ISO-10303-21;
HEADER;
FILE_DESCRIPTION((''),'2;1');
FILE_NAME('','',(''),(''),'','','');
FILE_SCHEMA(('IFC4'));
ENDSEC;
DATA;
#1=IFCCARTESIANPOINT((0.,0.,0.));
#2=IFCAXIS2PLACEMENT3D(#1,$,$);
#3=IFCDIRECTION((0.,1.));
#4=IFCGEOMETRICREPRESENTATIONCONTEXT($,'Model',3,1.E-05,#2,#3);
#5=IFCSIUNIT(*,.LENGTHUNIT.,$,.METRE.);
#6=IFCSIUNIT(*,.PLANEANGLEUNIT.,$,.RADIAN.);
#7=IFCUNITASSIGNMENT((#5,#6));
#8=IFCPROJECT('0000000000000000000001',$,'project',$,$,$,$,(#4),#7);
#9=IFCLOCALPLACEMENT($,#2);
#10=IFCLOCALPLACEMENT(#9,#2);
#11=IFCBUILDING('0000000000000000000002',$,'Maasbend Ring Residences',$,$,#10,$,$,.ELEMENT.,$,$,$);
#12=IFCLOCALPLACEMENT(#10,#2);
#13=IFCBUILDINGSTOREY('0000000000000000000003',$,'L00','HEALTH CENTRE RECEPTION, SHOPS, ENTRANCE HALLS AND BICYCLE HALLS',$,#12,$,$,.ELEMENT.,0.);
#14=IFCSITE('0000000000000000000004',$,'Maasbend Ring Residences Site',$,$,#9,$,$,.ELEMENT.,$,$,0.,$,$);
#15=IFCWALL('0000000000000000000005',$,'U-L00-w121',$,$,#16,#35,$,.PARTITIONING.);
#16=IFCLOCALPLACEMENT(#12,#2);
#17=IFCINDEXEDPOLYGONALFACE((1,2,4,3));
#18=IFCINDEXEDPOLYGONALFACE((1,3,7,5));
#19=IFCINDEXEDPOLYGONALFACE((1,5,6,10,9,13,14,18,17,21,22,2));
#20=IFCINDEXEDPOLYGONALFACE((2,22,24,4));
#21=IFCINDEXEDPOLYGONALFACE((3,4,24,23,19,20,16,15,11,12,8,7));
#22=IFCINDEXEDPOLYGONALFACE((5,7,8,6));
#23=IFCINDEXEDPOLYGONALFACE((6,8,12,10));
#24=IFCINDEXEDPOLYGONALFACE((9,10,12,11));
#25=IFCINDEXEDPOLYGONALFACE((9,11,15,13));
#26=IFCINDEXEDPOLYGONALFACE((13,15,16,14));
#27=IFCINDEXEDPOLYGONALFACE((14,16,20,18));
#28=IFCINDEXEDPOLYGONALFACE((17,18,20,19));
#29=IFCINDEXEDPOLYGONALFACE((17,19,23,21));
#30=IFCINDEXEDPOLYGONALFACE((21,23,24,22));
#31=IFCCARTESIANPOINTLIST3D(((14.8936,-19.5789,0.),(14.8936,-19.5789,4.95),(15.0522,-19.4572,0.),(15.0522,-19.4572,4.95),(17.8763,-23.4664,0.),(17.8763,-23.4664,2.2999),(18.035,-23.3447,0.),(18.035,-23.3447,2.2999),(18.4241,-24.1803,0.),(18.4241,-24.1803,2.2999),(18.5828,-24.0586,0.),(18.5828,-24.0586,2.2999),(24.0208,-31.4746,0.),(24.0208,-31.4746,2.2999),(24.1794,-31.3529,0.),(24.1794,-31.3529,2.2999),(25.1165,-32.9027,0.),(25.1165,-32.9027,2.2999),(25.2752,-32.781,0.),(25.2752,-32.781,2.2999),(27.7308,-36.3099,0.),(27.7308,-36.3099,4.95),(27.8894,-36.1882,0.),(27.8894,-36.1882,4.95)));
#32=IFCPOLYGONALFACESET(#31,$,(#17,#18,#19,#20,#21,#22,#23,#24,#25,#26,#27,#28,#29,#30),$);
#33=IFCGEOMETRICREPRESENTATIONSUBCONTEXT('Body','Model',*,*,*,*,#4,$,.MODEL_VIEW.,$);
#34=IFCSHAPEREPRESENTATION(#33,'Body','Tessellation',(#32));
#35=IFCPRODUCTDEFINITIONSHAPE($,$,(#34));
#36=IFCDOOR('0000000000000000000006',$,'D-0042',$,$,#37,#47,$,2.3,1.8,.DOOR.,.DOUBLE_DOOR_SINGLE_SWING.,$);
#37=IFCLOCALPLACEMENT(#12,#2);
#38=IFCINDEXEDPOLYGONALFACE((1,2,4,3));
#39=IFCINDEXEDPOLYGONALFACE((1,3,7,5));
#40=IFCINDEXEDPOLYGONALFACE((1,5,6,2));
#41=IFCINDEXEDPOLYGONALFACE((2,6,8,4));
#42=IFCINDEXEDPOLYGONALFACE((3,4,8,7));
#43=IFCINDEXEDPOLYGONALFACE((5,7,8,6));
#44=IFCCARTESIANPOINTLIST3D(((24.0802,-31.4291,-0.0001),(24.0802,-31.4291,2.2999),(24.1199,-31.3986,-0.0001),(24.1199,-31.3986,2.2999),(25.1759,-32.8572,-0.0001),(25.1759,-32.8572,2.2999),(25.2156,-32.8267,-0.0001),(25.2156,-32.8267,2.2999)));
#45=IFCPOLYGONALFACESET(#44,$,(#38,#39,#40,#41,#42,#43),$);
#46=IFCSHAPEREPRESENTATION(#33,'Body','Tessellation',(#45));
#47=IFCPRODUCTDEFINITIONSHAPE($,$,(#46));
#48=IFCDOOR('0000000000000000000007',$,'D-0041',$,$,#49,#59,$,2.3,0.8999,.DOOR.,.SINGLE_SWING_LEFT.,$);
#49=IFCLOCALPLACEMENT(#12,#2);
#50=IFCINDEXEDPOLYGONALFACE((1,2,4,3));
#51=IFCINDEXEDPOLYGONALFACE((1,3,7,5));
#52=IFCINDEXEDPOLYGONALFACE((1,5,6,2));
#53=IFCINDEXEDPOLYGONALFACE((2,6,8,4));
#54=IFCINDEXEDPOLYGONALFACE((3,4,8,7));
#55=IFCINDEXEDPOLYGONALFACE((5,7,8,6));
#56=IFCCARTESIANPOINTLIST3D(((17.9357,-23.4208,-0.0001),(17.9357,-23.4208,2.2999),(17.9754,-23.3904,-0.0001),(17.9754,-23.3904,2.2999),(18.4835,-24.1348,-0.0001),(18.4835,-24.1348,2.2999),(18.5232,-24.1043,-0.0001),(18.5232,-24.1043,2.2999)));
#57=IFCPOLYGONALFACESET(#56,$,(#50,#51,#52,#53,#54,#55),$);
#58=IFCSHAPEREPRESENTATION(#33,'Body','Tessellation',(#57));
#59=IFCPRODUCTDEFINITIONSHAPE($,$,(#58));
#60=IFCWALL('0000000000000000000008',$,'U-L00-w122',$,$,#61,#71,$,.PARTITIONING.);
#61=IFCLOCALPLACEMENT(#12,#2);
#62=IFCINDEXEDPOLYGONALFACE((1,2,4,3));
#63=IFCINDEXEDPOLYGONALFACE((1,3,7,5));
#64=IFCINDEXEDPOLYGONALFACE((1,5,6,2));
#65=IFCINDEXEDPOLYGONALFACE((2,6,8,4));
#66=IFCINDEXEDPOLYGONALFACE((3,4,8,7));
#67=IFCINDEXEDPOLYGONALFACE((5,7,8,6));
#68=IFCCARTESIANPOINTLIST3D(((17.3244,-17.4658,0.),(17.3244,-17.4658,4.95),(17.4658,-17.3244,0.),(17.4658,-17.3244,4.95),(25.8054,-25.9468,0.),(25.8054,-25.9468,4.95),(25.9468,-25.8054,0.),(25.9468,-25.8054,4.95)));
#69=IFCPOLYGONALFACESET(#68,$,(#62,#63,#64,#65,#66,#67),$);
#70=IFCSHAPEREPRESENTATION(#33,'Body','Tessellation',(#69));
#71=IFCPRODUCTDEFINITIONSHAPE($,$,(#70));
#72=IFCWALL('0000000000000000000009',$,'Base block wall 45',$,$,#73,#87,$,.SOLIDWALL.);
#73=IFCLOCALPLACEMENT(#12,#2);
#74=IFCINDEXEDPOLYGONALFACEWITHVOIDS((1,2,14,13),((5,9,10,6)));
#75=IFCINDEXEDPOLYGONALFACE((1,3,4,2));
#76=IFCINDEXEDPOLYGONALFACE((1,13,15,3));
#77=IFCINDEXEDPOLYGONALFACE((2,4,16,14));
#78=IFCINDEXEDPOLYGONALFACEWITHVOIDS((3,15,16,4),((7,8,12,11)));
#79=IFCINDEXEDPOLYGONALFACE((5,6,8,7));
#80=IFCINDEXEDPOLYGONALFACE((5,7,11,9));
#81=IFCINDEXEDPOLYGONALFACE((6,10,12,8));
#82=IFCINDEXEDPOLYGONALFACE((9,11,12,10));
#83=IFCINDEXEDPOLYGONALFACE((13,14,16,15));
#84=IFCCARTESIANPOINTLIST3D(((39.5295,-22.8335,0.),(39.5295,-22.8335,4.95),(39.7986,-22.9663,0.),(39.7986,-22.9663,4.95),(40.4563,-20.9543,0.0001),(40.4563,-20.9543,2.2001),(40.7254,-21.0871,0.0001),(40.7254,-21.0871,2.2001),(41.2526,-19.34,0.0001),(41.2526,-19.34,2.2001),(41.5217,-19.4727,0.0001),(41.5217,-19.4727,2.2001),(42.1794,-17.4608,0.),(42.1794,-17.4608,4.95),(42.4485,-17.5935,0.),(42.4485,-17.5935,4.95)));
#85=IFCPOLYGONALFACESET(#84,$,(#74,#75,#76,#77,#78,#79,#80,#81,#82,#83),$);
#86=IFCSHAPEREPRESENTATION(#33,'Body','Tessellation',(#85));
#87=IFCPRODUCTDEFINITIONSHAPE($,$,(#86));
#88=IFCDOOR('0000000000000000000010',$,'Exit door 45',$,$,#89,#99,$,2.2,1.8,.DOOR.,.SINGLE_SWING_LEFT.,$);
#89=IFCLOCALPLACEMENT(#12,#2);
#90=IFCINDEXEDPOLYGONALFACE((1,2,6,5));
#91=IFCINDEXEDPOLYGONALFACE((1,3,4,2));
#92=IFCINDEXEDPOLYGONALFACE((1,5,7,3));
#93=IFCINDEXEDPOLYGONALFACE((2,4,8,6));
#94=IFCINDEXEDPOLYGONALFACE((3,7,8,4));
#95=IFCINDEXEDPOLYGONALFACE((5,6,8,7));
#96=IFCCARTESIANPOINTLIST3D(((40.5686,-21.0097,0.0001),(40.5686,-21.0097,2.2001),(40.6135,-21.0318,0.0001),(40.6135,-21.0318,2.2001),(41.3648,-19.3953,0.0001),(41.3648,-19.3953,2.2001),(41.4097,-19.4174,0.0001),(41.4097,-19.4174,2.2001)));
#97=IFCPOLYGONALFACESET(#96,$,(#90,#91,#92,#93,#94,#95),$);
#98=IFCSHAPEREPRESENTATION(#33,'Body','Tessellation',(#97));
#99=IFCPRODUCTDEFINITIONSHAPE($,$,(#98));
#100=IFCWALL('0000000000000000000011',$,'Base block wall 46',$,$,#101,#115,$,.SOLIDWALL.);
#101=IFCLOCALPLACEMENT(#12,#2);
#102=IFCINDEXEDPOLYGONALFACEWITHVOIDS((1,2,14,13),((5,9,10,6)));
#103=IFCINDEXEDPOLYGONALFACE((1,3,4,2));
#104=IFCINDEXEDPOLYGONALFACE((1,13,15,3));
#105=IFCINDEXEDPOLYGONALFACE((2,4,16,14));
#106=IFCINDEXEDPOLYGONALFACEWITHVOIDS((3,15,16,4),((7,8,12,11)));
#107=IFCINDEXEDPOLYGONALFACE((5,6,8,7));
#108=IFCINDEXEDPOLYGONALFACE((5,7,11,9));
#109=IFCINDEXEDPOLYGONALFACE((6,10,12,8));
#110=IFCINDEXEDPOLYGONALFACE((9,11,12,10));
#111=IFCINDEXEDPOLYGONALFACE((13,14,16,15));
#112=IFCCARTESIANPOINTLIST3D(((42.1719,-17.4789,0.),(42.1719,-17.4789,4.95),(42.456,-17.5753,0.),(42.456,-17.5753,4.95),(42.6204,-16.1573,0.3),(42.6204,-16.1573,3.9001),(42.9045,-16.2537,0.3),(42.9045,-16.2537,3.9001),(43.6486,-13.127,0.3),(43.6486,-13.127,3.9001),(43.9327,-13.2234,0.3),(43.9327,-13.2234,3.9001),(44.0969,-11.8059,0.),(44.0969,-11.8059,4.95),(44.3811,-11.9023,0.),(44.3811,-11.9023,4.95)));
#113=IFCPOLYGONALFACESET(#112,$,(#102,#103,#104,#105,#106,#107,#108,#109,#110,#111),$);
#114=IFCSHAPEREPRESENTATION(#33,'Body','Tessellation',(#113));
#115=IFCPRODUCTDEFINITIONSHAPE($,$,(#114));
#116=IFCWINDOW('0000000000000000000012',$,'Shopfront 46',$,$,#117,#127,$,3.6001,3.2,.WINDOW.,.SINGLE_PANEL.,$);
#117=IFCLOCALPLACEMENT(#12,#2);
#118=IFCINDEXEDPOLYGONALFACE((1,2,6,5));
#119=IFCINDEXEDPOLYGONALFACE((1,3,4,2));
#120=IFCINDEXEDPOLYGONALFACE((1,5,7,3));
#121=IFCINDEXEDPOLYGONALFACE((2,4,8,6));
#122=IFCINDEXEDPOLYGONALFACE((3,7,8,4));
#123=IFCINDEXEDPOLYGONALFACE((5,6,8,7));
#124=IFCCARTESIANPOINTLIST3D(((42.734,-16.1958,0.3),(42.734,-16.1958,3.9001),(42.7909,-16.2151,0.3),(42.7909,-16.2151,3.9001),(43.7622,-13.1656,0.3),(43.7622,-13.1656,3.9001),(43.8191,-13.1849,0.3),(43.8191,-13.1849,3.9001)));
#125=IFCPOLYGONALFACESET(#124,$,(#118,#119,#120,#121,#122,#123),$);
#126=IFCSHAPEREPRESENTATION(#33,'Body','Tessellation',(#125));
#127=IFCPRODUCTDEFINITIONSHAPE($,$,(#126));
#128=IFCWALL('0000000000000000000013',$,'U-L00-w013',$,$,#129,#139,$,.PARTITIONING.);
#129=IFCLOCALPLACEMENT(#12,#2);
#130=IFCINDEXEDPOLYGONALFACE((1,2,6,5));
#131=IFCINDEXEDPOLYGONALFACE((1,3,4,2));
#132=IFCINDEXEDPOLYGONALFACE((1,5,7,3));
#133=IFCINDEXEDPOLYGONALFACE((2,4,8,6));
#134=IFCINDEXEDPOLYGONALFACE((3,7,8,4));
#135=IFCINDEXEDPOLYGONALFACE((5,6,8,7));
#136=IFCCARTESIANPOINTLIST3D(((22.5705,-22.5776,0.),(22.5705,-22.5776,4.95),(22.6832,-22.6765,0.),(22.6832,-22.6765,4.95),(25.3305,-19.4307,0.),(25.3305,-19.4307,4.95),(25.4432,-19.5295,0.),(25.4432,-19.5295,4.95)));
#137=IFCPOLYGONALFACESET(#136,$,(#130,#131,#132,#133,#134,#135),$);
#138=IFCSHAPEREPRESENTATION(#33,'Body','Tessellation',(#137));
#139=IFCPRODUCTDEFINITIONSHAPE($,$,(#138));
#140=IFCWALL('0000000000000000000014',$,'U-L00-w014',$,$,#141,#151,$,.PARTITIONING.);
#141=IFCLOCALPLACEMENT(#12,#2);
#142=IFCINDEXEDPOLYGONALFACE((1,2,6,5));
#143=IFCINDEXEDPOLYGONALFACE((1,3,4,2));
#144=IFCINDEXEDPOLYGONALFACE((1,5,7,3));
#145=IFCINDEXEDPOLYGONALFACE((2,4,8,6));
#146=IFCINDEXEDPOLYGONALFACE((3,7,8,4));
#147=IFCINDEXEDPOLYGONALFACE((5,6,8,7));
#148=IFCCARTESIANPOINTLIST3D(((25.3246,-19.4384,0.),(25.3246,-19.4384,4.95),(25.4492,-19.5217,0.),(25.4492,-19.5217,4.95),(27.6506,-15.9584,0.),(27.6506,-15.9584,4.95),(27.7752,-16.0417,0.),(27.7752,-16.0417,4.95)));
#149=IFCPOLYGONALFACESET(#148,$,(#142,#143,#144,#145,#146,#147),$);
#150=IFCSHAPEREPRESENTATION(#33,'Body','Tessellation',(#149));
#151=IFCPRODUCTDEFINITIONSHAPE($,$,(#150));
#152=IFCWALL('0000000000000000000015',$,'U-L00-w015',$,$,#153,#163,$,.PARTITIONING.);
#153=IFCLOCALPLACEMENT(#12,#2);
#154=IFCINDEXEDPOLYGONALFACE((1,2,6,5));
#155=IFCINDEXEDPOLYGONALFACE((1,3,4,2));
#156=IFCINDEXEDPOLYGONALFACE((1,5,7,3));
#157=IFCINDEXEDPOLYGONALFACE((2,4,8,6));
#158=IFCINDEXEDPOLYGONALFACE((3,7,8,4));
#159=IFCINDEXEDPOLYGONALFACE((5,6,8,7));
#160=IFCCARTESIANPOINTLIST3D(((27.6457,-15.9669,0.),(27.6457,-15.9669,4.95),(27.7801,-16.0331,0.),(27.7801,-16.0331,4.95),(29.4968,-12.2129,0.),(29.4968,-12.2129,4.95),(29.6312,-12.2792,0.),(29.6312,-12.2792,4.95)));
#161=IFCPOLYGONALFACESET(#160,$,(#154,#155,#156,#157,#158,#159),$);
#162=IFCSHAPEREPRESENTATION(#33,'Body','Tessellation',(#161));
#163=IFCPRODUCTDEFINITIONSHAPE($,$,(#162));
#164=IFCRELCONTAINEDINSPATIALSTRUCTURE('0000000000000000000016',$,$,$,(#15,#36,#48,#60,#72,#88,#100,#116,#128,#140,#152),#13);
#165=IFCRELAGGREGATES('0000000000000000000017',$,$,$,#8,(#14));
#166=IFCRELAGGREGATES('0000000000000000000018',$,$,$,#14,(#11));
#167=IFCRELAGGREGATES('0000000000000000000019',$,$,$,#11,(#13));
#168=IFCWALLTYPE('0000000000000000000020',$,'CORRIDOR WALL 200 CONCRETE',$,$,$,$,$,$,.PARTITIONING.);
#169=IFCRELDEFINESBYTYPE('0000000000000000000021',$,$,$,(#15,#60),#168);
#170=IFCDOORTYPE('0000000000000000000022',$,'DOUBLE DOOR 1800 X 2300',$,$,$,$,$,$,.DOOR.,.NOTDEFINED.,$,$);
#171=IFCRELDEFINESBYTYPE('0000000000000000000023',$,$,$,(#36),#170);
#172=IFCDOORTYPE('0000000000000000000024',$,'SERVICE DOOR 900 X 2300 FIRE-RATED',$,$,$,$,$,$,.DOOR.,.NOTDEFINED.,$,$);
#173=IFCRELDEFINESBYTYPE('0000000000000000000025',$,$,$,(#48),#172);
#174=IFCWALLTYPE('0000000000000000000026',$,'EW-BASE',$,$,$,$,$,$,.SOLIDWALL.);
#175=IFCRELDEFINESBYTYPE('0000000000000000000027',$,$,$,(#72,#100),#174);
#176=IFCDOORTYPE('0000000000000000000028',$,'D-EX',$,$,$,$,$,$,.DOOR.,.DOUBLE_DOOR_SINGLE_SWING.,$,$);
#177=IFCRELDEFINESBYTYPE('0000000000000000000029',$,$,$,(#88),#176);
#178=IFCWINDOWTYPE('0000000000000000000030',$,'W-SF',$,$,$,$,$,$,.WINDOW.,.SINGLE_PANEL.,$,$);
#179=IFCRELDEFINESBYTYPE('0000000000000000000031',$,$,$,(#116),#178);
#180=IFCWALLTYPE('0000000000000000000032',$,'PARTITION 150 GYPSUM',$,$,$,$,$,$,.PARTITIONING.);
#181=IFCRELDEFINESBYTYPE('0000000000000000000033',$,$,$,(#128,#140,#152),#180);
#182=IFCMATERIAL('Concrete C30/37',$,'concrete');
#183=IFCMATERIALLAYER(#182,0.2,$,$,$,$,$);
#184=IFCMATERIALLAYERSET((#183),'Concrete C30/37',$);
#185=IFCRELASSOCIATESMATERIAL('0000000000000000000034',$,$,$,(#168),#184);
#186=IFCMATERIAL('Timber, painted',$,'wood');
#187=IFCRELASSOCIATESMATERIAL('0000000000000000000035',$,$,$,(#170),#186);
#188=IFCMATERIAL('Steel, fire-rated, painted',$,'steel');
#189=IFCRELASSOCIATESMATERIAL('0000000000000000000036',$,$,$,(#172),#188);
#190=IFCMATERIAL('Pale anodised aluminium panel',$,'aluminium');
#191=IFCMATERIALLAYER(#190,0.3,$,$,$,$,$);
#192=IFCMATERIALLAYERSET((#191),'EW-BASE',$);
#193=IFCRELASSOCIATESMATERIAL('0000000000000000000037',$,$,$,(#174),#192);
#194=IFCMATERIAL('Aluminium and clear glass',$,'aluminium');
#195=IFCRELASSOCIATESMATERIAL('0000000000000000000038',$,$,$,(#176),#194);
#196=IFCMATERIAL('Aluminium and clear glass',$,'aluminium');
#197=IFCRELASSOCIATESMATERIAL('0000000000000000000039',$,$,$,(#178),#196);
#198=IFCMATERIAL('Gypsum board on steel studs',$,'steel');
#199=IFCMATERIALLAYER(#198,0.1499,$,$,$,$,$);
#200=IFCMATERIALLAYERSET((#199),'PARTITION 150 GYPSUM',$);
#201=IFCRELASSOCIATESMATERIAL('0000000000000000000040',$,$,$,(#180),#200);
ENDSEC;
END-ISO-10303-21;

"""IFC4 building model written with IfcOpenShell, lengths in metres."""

from ifc_helpers import new_model, si_unit, direction, frame, frame_2d, origin, place, context, subcontext, project, spatial, rectangle, extrude, material, layer, layer_set, type_object, element, fill, save


model = new_model("IFC4")

# Units and contexts
model_context = context("Model", 3, precision=1e-05, world=origin(), true_north=direction((0.0, 1.0)))
body_context = subcontext(model_context, "Body", "Model", "MODEL_VIEW")
ifc_project = project(units=[si_unit("LENGTHUNIT", "METRE"), si_unit("PLANEANGLEUNIT", "RADIAN")], contexts=[model_context])

# Site, building, storey
site_placement = place(None, origin())
site = spatial("IfcSite", under=ifc_project, at=site_placement, Name="Maasbend Ring Residences Site", CompositionType="ELEMENT", RefElevation=0.0)
building_placement = place(site_placement, origin())
building = spatial("IfcBuilding", under=site, at=building_placement, Name="Maasbend Ring Residences", CompositionType="ELEMENT")
storey_placement = place(building_placement, origin())
storey = spatial("IfcBuildingStorey", under=building, at=storey_placement, Name="L00", Description="HEALTH CENTRE RECEPTION, SHOPS, ENTRANCE HALLS AND BICYCLE HALLS", CompositionType="ELEMENT", Elevation=0.0)

# Shared definitions
ifc_material_1 = material(Name="Concrete C30/37", Category="concrete")
ifc_layer_1 = layer(ifc_material_1, 0.2)
ifc_layer_set_1 = layer_set([ifc_layer_1], Name="Concrete C30/37")
wall_type_1 = type_object("IfcWallType", Name="CORRIDOR WALL 200 CONCRETE", PredefinedType="PARTITIONING", material=ifc_layer_set_1)

# Wall, openings, doors
wall_1_placement = place(storey_placement, frame((14.9729, -19.5181, 0.0), z_axis=(0.0, 0.0, 1.0), x_axis=(0.608733, -0.793375, 0.0)))
wall_1 = element("IfcWall", 1, at=wall_1_placement, inside=storey, type_object=wall_type_1, Name="U-L00-w121", PredefinedType="PARTITIONING", context=body_context, shape_type="SweptSolid", body=[
    extrude(rectangle(XDim=21.0884, YDim=0.2, at=frame_2d((10.5442, 0.0))), origin(), (0.0, 0.0, 1.0), 4.95),
])
opening_1_placement = place(wall_1_placement, frame((4.8999, 0.0, 0.0)))
opening_1 = element("IfcOpeningElement", 2, at=opening_1_placement, cuts=wall_1, PredefinedType="OPENING", context=body_context, shape_type="SweptSolid", body=[
    extrude(rectangle(XDim=0.8999, YDim=2.3, at=frame_2d((0.45, 1.1499))), frame((0.0, 0.1099, 0.0), z_axis=(0.0, -1.0, 0.0), x_axis=(1.0, 0.0, 0.0)), (0.0, 0.0, 1.0), 0.22),
])
opening_2_placement = place(wall_1_placement, frame((14.9939, 0.0, 0.0)))
opening_2 = element("IfcOpeningElement", 3, at=opening_2_placement, cuts=wall_1, PredefinedType="OPENING", context=body_context, shape_type="SweptSolid", body=[
    extrude(rectangle(XDim=1.8, YDim=2.3, at=frame_2d((0.8999, 1.1499))), frame((0.0, 0.1099, 0.0), z_axis=(0.0, -1.0, 0.0), x_axis=(1.0, 0.0, 0.0)), (0.0, 0.0, 1.0), 0.22),
])
ifc_material_2 = material(Name="Timber, painted", Category="wood")
door_type_1 = type_object("IfcDoorType", Name="DOUBLE DOOR 1800 X 2300", OperationType="NOTDEFINED", PredefinedType="DOOR", material=ifc_material_2)
door_1_placement = place(opening_2_placement, origin())
door_1 = element("IfcDoor", 4, at=door_1_placement, inside=storey, type_object=door_type_1, Name="D-0042", OperationType="DOUBLE_DOOR_SINGLE_SWING", OverallHeight=2.3, OverallWidth=1.8, PredefinedType="DOOR", context=body_context, shape_type="SweptSolid", body=[
    extrude(rectangle(XDim=1.8, YDim=2.3, at=frame_2d((0.8999, 1.1499))), frame((0.0, 0.0249, 0.0), z_axis=(0.0, -1.0, 0.0), x_axis=(1.0, 0.0, 0.0)), (0.0, 0.0, 1.0), 0.05),
])
fill(opening_2, door_1)
ifc_material_3 = material(Name="Steel, fire-rated, painted", Category="steel")
door_type_2 = type_object("IfcDoorType", Name="SERVICE DOOR 900 X 2300 FIRE-RATED", OperationType="NOTDEFINED", PredefinedType="DOOR", material=ifc_material_3)
door_2_placement = place(opening_1_placement, origin())
door_2 = element("IfcDoor", 5, at=door_2_placement, inside=storey, type_object=door_type_2, Name="D-0041", OperationType="SINGLE_SWING_LEFT", OverallHeight=2.3, OverallWidth=0.8999, PredefinedType="DOOR", context=body_context, shape_type="SweptSolid", body=[
    extrude(rectangle(XDim=0.8999, YDim=2.3, at=frame_2d((0.45, 1.1499))), frame((0.0, 0.0249, 0.0), z_axis=(0.0, -1.0, 0.0), x_axis=(1.0, 0.0, 0.0)), (0.0, 0.0, 1.0), 0.05),
])
fill(opening_1, door_2)

# Wall
wall_2_placement = place(storey_placement, frame((17.395, -17.395, 0.0), z_axis=(0.0, 0.0, 1.0), x_axis=(0.707107, -0.707107, 0.0)))
element("IfcWall", 6, at=wall_2_placement, inside=storey, type_object=wall_type_1, Name="U-L00-w122", PredefinedType="PARTITIONING", context=body_context, shape_type="SweptSolid", body=[
    extrude(rectangle(XDim=11.9939, YDim=0.2, at=frame_2d((5.9971, 0.0))), origin(), (0.0, 0.0, 1.0), 4.95),
])

# Wall, opening, door
ifc_material_4 = material(Name="Pale anodised aluminium panel", Category="aluminium")
ifc_layer_2 = layer(ifc_material_4, 0.3)
ifc_layer_set_2 = layer_set([ifc_layer_2], Name="EW-BASE")
wall_type_2 = type_object("IfcWallType", Name="EW-BASE", PredefinedType="SOLIDWALL", material=ifc_layer_set_2)
wall_3_placement = place(storey_placement, frame((39.6641, -22.8999, 0.0), z_axis=(0.0, 0.0, 1.0), x_axis=(0.442333, 0.896851, 0.0)))
wall_3 = element("IfcWall", 7, at=wall_3_placement, inside=storey, type_object=wall_type_2, Name="Base block wall 45", PredefinedType="SOLIDWALL", context=body_context, shape_type="SweptSolid", body=[
    extrude(rectangle(XDim=5.9907, YDim=0.3, at=frame_2d((2.9954, 0.0))), origin(), (0.0, 0.0, 1.0), 4.95),
])
opening_3_placement = place(wall_3_placement, frame((2.0955, 0.0, 0.0)))
opening_3 = element("IfcOpeningElement", 8, at=opening_3_placement, cuts=wall_3, PredefinedType="OPENING", context=body_context, shape_type="SweptSolid", body=[
    extrude(rectangle(XDim=1.8, YDim=2.2, at=frame_2d((0.8999, 1.1001))), frame((0.0, 0.1602, 0.0), z_axis=(0.0, -1.0, 0.0), x_axis=(1.0, 0.0, 0.0)), (0.0, 0.0, 1.0), 0.3201),
])
ifc_material_5 = material(Name="Aluminium and clear glass", Category="aluminium")
door_type_3 = type_object("IfcDoorType", Name="D-EX", OperationType="DOUBLE_DOOR_SINGLE_SWING", PredefinedType="DOOR", material=ifc_material_5)
door_3_placement = place(opening_3_placement, origin())
door_3 = element("IfcDoor", 9, at=door_3_placement, inside=storey, type_object=door_type_3, Name="Exit door 45", OperationType="SINGLE_SWING_LEFT", OverallHeight=2.2, OverallWidth=1.8, PredefinedType="DOOR", context=body_context, shape_type="SweptSolid", body=[
    extrude(rectangle(XDim=1.8, YDim=2.2, at=frame_2d((0.8999, 1.1001))), frame((0.0, 0.0249, 0.0), z_axis=(0.0, -1.0, 0.0), x_axis=(1.0, 0.0, 0.0)), (0.0, 0.0, 1.0), 0.05),
])
fill(opening_3, door_3)

# Wall, opening, window
wall_4_placement = place(storey_placement, frame((42.314, -17.5271, 0.0), z_axis=(0.0, 0.0, 1.0), x_axis=(0.321334, 0.946966, 0.0)))
wall_4 = element("IfcWall", 10, at=wall_4_placement, inside=storey, type_object=wall_type_2, Name="Base block wall 46", PredefinedType="SOLIDWALL", context=body_context, shape_type="SweptSolid", body=[
    extrude(rectangle(XDim=5.9907, YDim=0.3, at=frame_2d((2.9954, 0.0))), origin(), (0.0, 0.0, 1.0), 4.95),
])
opening_4_placement = place(wall_4_placement, frame((1.3955, 0.0, 0.3)))
opening_4 = element("IfcOpeningElement", 11, at=opening_4_placement, cuts=wall_4, PredefinedType="OPENING", context=body_context, shape_type="SweptSolid", body=[
    extrude(rectangle(XDim=3.2, YDim=3.6001, at=frame_2d((1.6001, 1.8))), frame((0.0, 0.1602, 0.0), z_axis=(0.0, -1.0, 0.0), x_axis=(1.0, 0.0, 0.0)), (0.0, 0.0, 1.0), 0.3201),
])
ifc_material_6 = material(Name="Aluminium and clear glass", Category="aluminium")
window_type = type_object("IfcWindowType", Name="W-SF", PartitioningType="SINGLE_PANEL", PredefinedType="WINDOW", material=ifc_material_6)
window_placement = place(opening_4_placement, origin())
window = element("IfcWindow", 12, at=window_placement, inside=storey, type_object=window_type, Name="Shopfront 46", OverallHeight=3.6001, OverallWidth=3.2, PartitioningType="SINGLE_PANEL", PredefinedType="WINDOW", context=body_context, shape_type="SweptSolid", body=[
    extrude(rectangle(XDim=3.2, YDim=3.6001, at=frame_2d((1.6001, 1.8))), frame((0.0, 0.03, 0.0), z_axis=(0.0, -1.0, 0.0), x_axis=(1.0, 0.0, 0.0)), (0.0, 0.0, 1.0), 0.0601),
])
fill(opening_4, window)

# Walls
ifc_material_7 = material(Name="Gypsum board on steel studs", Category="steel")
ifc_layer_3 = layer(ifc_material_7, 0.1499)
ifc_layer_set_3 = layer_set([ifc_layer_3], Name="PARTITION 150 GYPSUM")
wall_type_3 = type_object("IfcWallType", Name="PARTITION 150 GYPSUM", PredefinedType="PARTITIONING", material=ifc_layer_set_3)
for number, where, z_axis, x_axis, name in (
    (13, (22.627, -22.627, 0.0), (0.0, 0.0, 1.0), (0.659371, 0.751817, 0.0), "U-L00-w013"),
    (14, (25.387, -19.48, 0.0), (0.0, 0.0, 1.0), (0.555682, 0.831395, 0.0), "U-L00-w014"),
):
    element("IfcWall", number, at=place(storey_placement, frame(where, z_axis=z_axis, x_axis=x_axis)), inside=storey, type_object=wall_type_3, Name=name, PredefinedType="PARTITIONING", context=body_context, shape_type="SweptSolid", body=[
        extrude(rectangle(XDim=4.1858, YDim=0.1499, at=frame_2d((2.0928, 0.0))), origin(), (0.0, 0.0, 1.0), 4.95),
    ])
wall_5_placement = place(storey_placement, frame((27.7129, -16.0, 0.0), z_axis=(0.0, 0.0, 1.0), x_axis=(0.44226, 0.896887, 0.0)))
element("IfcWall", 15, at=wall_5_placement, inside=storey, type_object=wall_type_3, Name="U-L00-w015", PredefinedType="PARTITIONING", context=body_context, shape_type="SweptSolid", body=[
    extrude(rectangle(XDim=4.1855, YDim=0.1499, at=frame_2d((2.0928, 0.0))), origin(), (0.0, 0.0, 1.0), 4.95),
])

save(model, "model.ifc")
